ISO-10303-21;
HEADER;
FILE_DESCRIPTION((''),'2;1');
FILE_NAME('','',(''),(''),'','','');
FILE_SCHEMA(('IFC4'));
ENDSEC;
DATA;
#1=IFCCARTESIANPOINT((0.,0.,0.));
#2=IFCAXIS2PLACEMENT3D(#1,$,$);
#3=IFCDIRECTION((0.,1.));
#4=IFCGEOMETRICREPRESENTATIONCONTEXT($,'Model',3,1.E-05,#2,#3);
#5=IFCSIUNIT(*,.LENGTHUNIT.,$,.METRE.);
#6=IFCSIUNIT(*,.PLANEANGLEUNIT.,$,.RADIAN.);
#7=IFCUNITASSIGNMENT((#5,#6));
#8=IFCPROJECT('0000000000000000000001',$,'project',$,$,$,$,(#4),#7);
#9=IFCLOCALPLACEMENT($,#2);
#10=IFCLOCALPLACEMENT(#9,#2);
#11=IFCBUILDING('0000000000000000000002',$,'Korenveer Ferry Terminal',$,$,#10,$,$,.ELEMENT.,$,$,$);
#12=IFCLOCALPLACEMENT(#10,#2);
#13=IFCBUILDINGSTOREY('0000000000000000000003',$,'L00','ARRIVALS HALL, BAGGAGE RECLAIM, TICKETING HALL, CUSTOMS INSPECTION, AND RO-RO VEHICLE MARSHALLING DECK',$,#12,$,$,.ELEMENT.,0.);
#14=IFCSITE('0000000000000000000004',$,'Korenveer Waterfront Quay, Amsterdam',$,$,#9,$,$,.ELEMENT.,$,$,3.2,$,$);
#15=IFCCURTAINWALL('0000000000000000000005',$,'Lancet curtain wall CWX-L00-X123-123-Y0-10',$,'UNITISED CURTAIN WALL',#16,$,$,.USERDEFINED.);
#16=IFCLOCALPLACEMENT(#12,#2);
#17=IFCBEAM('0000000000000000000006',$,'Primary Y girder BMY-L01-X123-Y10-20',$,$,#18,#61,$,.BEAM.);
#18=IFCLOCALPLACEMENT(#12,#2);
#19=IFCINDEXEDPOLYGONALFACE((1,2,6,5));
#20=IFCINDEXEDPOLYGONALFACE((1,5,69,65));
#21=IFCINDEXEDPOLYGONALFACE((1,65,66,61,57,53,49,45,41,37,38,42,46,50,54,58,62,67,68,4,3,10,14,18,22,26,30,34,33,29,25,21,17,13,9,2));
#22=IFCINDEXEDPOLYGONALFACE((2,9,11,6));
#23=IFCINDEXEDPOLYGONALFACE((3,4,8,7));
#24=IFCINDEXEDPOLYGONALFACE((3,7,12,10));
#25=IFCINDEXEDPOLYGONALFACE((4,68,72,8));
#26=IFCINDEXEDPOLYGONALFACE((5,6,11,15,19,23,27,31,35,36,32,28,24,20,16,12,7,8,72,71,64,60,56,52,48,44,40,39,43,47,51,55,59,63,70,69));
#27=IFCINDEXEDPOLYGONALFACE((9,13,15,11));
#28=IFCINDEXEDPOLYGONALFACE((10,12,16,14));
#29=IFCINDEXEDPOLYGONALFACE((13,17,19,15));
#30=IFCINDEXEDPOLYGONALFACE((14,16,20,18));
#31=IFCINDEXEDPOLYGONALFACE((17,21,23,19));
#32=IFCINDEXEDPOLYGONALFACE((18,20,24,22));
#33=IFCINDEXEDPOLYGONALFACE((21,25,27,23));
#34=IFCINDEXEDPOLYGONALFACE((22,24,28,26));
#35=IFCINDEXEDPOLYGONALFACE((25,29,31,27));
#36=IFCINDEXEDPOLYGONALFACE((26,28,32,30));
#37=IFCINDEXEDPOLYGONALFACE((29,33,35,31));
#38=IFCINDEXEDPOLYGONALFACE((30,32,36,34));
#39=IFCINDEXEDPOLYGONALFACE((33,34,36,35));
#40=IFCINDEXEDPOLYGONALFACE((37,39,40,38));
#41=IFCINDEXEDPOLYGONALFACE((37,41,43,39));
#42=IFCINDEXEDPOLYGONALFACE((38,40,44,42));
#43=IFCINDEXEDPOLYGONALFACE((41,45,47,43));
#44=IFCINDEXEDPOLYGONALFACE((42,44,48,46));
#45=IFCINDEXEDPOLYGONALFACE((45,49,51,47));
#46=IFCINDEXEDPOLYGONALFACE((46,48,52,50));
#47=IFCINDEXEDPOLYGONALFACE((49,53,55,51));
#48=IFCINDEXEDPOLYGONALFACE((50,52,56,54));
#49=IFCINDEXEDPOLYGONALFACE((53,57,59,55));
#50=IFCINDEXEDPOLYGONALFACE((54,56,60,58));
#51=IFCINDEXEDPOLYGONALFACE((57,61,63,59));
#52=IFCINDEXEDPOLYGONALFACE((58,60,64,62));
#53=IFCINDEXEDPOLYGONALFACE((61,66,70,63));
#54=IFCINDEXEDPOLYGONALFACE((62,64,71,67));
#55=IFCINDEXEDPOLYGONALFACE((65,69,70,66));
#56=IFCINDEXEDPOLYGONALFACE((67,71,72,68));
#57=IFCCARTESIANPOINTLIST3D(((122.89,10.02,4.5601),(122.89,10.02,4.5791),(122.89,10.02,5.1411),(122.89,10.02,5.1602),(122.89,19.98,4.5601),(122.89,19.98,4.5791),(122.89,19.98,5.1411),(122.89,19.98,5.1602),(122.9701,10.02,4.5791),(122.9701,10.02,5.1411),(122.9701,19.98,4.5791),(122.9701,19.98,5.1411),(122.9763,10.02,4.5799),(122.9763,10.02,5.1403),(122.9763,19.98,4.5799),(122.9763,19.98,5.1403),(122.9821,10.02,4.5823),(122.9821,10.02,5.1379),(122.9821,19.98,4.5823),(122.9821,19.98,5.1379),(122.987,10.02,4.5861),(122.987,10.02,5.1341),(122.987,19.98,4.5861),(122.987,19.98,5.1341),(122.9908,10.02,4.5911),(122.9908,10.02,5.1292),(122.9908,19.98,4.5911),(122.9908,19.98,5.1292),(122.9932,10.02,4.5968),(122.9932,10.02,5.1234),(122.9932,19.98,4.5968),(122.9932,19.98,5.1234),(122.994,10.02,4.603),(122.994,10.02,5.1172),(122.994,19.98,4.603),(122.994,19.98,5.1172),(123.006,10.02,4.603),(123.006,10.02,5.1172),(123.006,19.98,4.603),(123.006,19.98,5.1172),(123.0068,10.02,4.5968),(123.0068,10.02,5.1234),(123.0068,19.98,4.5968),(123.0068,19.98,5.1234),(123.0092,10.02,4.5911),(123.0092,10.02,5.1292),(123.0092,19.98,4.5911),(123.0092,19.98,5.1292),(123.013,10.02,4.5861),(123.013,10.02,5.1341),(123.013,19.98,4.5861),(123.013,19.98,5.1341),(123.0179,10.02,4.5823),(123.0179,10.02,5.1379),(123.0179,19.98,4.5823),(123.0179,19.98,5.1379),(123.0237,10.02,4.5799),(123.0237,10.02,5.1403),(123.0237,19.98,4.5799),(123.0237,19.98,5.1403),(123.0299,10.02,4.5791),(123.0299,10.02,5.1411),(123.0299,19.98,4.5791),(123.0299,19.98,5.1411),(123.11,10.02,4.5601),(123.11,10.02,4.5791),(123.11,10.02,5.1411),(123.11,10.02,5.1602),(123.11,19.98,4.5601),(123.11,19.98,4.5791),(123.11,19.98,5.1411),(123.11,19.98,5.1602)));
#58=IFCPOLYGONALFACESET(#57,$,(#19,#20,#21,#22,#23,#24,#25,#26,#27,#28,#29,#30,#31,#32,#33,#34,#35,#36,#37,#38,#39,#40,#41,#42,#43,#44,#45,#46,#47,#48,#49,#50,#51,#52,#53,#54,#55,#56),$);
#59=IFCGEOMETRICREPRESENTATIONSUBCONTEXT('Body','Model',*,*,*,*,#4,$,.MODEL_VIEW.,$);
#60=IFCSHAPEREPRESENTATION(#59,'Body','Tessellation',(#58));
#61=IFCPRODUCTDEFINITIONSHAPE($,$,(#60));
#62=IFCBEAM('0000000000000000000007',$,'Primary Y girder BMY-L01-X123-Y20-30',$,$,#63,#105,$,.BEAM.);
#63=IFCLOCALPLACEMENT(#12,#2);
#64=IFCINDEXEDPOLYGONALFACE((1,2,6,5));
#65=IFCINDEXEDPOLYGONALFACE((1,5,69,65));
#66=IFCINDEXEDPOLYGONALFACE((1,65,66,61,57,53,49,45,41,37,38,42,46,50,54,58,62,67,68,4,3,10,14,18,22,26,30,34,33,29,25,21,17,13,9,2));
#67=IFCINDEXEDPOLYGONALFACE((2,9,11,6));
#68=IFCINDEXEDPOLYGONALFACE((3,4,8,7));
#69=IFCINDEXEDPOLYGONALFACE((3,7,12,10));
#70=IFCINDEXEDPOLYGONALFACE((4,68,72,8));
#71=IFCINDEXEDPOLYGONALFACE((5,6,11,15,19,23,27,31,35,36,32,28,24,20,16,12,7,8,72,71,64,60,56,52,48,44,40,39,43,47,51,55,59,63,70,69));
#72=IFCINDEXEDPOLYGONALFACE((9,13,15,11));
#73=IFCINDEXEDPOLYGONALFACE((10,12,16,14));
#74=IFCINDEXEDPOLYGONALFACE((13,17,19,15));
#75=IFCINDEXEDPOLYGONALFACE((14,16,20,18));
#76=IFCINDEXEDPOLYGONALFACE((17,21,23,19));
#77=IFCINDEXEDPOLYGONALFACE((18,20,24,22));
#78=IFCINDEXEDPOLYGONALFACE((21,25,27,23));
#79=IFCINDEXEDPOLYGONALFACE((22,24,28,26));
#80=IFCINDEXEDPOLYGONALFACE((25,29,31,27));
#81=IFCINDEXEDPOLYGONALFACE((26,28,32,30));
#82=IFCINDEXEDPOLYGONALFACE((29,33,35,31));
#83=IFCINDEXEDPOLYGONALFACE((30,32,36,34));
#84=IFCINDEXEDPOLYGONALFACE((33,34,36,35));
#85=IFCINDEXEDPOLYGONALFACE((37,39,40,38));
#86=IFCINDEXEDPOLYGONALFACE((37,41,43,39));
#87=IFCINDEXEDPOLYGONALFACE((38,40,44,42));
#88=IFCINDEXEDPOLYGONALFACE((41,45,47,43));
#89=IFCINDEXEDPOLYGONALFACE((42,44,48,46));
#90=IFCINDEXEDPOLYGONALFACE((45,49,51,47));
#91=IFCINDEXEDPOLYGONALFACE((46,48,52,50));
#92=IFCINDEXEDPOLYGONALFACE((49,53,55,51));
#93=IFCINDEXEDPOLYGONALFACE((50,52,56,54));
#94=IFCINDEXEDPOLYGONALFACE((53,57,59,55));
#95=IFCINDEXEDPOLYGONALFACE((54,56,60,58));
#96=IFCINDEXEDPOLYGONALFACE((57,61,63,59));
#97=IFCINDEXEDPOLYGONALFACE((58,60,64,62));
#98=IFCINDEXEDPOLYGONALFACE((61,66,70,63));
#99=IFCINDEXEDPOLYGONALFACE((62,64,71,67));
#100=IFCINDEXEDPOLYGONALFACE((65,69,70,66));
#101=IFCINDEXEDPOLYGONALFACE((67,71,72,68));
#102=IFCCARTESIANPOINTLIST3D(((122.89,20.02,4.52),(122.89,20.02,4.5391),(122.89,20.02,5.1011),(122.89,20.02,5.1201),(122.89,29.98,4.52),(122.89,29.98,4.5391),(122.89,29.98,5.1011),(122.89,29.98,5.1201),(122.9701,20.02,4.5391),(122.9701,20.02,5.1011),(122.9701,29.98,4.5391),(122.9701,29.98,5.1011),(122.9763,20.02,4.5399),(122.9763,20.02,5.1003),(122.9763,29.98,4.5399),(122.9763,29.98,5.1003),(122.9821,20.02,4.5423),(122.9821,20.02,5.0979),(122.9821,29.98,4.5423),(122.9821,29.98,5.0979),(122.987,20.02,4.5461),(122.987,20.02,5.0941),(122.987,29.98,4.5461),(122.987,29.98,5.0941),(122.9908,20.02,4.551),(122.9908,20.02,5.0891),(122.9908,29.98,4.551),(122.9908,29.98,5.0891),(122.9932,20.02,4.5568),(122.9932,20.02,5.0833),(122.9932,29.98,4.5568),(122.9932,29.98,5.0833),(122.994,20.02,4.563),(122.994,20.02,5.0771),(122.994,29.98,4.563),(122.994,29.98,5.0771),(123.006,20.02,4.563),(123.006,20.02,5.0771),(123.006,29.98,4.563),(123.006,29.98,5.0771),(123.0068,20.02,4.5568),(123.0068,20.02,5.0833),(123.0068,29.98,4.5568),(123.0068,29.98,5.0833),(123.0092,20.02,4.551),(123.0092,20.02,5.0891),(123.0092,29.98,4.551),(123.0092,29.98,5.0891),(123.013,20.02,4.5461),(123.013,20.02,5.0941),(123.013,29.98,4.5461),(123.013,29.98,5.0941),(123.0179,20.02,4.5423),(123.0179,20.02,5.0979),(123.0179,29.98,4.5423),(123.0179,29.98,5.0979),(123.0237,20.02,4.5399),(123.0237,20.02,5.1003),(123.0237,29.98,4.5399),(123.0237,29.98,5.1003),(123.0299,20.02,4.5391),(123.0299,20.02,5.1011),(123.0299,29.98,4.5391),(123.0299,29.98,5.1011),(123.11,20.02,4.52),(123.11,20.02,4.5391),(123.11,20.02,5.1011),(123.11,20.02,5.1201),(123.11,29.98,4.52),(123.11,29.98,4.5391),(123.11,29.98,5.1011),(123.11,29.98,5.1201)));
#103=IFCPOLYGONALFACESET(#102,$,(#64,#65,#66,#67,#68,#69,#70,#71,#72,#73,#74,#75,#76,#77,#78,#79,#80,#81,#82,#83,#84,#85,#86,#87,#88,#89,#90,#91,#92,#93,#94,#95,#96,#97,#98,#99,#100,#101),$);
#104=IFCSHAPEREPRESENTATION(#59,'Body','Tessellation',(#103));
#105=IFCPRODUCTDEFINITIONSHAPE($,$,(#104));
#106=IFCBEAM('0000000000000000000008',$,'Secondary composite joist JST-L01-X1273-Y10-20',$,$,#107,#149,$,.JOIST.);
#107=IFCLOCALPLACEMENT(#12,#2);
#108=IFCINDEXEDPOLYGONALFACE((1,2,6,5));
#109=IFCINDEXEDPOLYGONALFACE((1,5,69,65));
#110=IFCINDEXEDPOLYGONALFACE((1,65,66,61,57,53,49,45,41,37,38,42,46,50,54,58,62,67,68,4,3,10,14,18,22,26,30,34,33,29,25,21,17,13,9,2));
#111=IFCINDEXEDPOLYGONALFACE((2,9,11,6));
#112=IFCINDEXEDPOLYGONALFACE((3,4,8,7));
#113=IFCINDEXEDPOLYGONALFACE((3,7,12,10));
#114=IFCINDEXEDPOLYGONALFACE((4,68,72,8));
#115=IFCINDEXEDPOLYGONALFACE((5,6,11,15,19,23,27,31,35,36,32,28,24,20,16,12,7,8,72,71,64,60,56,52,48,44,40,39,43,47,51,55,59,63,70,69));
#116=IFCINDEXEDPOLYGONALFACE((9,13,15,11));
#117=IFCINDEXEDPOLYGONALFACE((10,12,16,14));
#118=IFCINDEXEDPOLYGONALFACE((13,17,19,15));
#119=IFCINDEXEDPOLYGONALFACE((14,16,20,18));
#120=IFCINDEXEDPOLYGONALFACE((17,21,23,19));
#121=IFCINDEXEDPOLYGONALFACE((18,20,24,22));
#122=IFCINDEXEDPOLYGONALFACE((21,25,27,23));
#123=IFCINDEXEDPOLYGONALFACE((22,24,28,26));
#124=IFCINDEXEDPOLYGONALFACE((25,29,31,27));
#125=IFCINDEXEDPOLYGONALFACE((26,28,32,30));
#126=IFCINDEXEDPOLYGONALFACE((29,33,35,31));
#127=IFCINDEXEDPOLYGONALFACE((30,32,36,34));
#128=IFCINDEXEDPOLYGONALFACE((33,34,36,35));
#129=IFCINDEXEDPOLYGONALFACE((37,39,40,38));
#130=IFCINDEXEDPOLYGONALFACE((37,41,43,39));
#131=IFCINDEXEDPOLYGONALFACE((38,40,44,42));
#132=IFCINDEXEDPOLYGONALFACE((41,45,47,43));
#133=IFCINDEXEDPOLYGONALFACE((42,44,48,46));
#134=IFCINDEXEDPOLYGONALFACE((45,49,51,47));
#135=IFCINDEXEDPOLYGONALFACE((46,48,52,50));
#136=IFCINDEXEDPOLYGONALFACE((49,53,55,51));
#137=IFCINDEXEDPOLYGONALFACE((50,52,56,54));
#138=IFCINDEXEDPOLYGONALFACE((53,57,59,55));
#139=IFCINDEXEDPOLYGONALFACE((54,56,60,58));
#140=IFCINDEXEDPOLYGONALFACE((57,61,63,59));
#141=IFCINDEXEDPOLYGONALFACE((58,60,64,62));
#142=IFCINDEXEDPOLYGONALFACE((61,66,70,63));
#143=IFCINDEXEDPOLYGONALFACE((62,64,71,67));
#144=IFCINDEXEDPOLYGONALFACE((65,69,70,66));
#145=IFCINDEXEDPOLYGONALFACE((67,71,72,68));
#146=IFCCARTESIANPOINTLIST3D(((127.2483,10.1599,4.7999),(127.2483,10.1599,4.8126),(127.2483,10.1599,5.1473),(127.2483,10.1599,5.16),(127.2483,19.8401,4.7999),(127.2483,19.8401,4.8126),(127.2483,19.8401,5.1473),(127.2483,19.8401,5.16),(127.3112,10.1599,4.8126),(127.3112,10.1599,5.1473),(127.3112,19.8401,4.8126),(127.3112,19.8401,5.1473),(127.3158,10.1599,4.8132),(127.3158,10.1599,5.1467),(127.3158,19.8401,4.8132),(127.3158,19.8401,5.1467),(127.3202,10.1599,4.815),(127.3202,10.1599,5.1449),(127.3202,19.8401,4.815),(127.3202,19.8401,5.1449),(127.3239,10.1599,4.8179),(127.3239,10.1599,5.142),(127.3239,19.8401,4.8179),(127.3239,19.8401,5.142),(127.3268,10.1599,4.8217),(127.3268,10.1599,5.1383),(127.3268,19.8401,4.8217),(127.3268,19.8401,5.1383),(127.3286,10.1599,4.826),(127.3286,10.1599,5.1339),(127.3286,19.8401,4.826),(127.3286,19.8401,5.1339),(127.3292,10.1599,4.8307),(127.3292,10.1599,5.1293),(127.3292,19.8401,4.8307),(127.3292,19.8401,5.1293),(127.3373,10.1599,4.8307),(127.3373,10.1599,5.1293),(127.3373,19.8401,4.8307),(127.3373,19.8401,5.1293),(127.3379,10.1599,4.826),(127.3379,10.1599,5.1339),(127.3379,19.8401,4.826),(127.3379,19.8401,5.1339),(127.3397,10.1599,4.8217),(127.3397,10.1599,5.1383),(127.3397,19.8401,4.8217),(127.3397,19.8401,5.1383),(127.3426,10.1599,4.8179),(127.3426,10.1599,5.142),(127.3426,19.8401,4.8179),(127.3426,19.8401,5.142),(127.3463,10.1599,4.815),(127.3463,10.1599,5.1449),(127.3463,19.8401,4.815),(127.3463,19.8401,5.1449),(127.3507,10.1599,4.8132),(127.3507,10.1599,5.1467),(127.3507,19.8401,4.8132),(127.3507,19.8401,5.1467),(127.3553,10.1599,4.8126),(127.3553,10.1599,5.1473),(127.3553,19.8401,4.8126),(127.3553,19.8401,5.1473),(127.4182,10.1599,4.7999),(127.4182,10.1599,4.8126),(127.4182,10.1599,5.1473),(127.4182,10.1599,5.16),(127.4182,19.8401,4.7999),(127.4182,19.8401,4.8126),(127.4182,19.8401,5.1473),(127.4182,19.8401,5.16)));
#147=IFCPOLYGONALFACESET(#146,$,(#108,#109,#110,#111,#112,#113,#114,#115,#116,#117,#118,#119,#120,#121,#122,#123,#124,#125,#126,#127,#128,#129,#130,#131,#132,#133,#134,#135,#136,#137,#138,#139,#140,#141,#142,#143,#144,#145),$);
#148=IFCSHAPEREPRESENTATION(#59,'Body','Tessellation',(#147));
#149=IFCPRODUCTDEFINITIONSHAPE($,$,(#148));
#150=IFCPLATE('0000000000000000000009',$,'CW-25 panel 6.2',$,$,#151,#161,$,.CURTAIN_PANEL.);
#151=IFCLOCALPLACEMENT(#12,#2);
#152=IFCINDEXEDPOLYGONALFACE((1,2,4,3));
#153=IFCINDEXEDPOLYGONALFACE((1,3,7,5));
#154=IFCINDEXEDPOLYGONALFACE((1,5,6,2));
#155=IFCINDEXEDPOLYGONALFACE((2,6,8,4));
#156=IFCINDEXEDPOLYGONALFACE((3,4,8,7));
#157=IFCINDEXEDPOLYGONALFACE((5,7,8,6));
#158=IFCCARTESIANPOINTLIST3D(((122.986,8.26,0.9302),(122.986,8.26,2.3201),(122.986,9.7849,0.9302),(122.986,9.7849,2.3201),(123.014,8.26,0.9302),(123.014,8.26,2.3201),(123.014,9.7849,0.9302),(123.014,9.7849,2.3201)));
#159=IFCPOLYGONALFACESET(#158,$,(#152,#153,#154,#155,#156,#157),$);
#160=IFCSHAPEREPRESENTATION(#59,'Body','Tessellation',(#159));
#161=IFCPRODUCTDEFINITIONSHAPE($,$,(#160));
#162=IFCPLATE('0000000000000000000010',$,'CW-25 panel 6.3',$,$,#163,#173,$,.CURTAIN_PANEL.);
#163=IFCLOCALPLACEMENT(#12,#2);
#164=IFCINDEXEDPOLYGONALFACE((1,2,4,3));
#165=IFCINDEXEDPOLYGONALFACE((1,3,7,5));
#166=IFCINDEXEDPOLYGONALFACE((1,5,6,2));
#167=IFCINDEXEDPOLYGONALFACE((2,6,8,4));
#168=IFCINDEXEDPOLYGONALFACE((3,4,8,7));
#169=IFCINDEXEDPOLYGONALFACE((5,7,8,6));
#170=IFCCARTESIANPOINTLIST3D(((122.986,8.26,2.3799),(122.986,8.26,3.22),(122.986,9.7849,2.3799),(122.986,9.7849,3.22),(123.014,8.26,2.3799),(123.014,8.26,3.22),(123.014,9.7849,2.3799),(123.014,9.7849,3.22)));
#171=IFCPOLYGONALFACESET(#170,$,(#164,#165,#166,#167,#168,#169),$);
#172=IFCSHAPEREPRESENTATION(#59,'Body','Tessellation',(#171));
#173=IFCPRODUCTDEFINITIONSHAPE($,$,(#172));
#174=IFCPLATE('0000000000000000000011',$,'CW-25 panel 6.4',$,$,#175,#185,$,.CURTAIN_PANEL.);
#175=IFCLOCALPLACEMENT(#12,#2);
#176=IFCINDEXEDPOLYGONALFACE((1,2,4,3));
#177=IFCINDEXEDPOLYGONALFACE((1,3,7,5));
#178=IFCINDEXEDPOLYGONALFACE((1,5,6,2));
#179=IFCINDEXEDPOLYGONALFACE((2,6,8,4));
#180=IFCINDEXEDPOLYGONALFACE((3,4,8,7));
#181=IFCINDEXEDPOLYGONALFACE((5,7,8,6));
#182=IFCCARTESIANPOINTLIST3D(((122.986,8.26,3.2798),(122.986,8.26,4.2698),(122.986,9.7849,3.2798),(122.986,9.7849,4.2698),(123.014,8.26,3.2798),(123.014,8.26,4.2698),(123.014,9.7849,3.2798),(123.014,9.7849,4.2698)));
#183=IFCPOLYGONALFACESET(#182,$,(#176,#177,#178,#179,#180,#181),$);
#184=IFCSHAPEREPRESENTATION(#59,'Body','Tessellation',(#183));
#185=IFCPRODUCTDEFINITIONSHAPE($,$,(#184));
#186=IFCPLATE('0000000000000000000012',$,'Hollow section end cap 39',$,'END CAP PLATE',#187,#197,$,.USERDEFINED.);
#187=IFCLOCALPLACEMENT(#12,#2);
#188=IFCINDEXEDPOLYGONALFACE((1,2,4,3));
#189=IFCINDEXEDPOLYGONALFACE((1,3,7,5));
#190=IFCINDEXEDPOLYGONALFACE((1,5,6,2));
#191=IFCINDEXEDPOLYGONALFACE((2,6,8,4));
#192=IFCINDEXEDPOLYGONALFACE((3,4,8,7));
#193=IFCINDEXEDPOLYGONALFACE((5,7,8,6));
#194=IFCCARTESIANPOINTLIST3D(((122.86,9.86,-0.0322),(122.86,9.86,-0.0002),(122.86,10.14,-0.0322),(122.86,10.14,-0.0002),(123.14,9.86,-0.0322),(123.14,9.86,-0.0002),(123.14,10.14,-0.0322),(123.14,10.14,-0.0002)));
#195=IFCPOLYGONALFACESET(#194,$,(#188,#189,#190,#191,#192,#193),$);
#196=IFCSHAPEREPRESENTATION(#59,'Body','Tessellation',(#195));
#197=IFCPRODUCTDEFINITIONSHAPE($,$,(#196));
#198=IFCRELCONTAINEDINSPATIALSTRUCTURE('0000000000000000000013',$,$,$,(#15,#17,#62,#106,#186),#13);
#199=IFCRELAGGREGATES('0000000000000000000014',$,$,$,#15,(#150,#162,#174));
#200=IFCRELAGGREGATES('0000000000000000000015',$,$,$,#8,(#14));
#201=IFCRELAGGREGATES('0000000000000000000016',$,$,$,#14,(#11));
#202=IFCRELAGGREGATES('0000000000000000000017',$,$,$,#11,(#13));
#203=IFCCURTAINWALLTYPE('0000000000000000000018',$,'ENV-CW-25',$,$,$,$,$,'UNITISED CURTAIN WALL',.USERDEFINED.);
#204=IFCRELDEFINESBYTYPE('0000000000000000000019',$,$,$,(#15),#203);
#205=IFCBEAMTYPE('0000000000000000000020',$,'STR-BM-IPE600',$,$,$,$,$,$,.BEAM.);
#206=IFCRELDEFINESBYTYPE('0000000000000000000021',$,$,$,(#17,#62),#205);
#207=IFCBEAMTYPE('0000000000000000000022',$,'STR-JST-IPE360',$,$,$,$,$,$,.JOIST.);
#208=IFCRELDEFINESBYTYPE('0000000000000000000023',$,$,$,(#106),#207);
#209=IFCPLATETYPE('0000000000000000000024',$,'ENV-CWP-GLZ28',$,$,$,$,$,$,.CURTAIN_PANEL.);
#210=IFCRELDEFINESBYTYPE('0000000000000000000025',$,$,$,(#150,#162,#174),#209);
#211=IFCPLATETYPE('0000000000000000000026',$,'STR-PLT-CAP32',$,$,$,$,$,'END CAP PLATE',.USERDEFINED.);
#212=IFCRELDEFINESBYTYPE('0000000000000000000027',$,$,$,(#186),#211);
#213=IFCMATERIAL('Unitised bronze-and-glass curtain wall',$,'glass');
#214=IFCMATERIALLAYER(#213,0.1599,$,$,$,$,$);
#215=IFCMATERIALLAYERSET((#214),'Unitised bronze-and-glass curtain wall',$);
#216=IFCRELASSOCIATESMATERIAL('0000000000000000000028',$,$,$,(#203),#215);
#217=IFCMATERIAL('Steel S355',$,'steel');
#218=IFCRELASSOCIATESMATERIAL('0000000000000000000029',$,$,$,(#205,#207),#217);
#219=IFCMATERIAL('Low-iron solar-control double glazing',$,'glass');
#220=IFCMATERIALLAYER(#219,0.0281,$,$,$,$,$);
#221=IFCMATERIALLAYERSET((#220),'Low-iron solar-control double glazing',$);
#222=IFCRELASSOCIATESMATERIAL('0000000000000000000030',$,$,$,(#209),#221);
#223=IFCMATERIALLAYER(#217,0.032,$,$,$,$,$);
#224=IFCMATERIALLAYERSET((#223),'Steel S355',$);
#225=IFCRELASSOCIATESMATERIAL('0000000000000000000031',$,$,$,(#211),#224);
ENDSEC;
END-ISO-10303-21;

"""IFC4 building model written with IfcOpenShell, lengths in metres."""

from ifc_helpers import new_model, si_unit, direction, frame, origin, origin_2d, place, context, subcontext, project, spatial, rectangle, i_section, extrude, material, layer, layer_set, material_profile, profile_set, type_object, element, aggregate, save


model = new_model("IFC4")

# Units and contexts
model_context = context("Model", 3, precision=1e-05, world=origin(), true_north=direction((0.0, 1.0)))
body_context = subcontext(model_context, "Body", "Model", "MODEL_VIEW")
ifc_project = project(units=[si_unit("LENGTHUNIT", "METRE"), si_unit("PLANEANGLEUNIT", "RADIAN")], contexts=[model_context])

# Site, building, storey
site_placement = place(None, origin())
site = spatial("IfcSite", under=ifc_project, at=site_placement, Name="Korenveer Waterfront Quay, Amsterdam", CompositionType="ELEMENT", RefElevation=3.2)
building_placement = place(site_placement, origin())
building = spatial("IfcBuilding", under=site, at=building_placement, Name="Korenveer Ferry Terminal", CompositionType="ELEMENT")
storey_placement = place(building_placement, origin())
storey = spatial("IfcBuildingStorey", under=building, at=storey_placement, Name="L00", Description="ARRIVALS HALL, BAGGAGE RECLAIM, TICKETING HALL, CUSTOMS INSPECTION, AND RO-RO VEHICLE MARSHALLING DECK", CompositionType="ELEMENT", Elevation=0.0)

# Shared definitions
ifc_material_1 = material(Name="Steel S355", Category="steel")

# Curtain wall
ifc_material_2 = material(Name="Unitised bronze-and-glass curtain wall", Category="glass")
ifc_layer_1 = layer(ifc_material_2, 0.1599)
ifc_layer_set_1 = layer_set([ifc_layer_1], Name="Unitised bronze-and-glass curtain wall")
curtain_wall_type = type_object("IfcCurtainWallType", Name="ENV-CW-25", ElementType="UNITISED CURTAIN WALL", PredefinedType="USERDEFINED", material=ifc_layer_set_1)
curtain_wall_placement = place(storey_placement, frame((123.0, 0.155, 0.0)))
curtain_wall = element("IfcCurtainWall", 1, at=curtain_wall_placement, inside=storey, type_object=curtain_wall_type, Name="Lancet curtain wall CWX-L00-X123-123-Y0-10", ObjectType="UNITISED CURTAIN WALL", PredefinedType="USERDEFINED")

# Beams
ifc_material_profile_1 = material_profile(ifc_material_1, i_section(OverallWidth=0.22, OverallDepth=0.6001, WebThickness=0.012, FlangeThickness=0.019, FilletRadius=0.0239, at=origin_2d()), Name="IPE 600")
ifc_profile_set_1 = profile_set([ifc_material_profile_1], Name="Steel S355")
beam_type_1 = type_object("IfcBeamType", Name="STR-BM-IPE600", PredefinedType="BEAM", material=ifc_profile_set_1)
for number, where, z_axis, x_axis, name in (
    (2, (123.0, 10.02, 4.8601), (0.0, 1.0, 0.0), (-1.0, 0.0, 0.0), "Primary Y girder BMY-L01-X123-Y10-20"),
    (3, (123.0, 20.02, 4.8201), (0.0, 1.0, 0.0), (-1.0, 0.0, 0.0), "Primary Y girder BMY-L01-X123-Y20-30"),
):
    element("IfcBeam", number, at=place(storey_placement, frame(where, z_axis=z_axis, x_axis=x_axis)), inside=storey, type_object=beam_type_1, Name=name, PredefinedType="BEAM", context=body_context, shape_type="SweptSolid", body=[
        extrude(i_section(OverallWidth=0.22, OverallDepth=0.6001, WebThickness=0.012, FlangeThickness=0.019, FilletRadius=0.0239, at=origin_2d()), origin(), (0.0, 0.0, 1.0), 9.96),
    ])
ifc_material_profile_2 = material_profile(ifc_material_1, i_section(OverallWidth=0.1699, OverallDepth=0.3601, WebThickness=0.0081, FlangeThickness=0.0127, FilletRadius=0.0181, at=origin_2d()), Name="IPE 360")
ifc_profile_set_2 = profile_set([ifc_material_profile_2], Name="Steel S355")
beam_type_2 = type_object("IfcBeamType", Name="STR-JST-IPE360", PredefinedType="JOIST", material=ifc_profile_set_2)
beam_placement = place(storey_placement, frame((127.3333, 10.1599, 4.98), z_axis=(0.0, 1.0, 0.0), x_axis=(-1.0, 0.0, 0.0)))
element("IfcBeam", 4, at=beam_placement, inside=storey, type_object=beam_type_2, Name="Secondary composite joist JST-L01-X1273-Y10-20", PredefinedType="JOIST", context=body_context, shape_type="SweptSolid", body=[
    extrude(i_section(OverallWidth=0.1699, OverallDepth=0.3601, WebThickness=0.0081, FlangeThickness=0.0127, FilletRadius=0.0181, at=origin_2d()), origin(), (0.0, 0.0, 1.0), 9.6802),
])

# Plates
ifc_material_3 = material(Name="Low-iron solar-control double glazing", Category="glass")
ifc_layer_2 = layer(ifc_material_3, 0.0281)
ifc_layer_set_2 = layer_set([ifc_layer_2], Name="Low-iron solar-control double glazing")
plate_type_1 = type_object("IfcPlateType", Name="ENV-CWP-GLZ28", PredefinedType="CURTAIN_PANEL", material=ifc_layer_set_2)
plate_1_placement = place(storey_placement, frame((123.0, 9.0225, 0.9302), z_axis=(0.0, 0.0, 1.0), x_axis=(0.0, 1.0, 0.0)))
plate_1 = element("IfcPlate", 5, at=plate_1_placement, type_object=plate_type_1, Name="CW-25 panel 6.2", PredefinedType="CURTAIN_PANEL", context=body_context, shape_type="SweptSolid", body=[
    extrude(rectangle(XDim=1.5249, YDim=0.0281, at=origin_2d()), origin(), (0.0, 0.0, 1.0), 1.3899),
])
plate_2_placement = place(storey_placement, frame((123.0, 9.0225, 2.3799), z_axis=(0.0, 0.0, 1.0), x_axis=(0.0, 1.0, 0.0)))
plate_2 = element("IfcPlate", 6, at=plate_2_placement, type_object=plate_type_1, Name="CW-25 panel 6.3", PredefinedType="CURTAIN_PANEL", context=body_context, shape_type="SweptSolid", body=[
    extrude(rectangle(XDim=1.5249, YDim=0.0281, at=origin_2d()), origin(), (0.0, 0.0, 1.0), 0.8401),
])
plate_3_placement = place(storey_placement, frame((123.0, 9.0225, 3.2798), z_axis=(0.0, 0.0, 1.0), x_axis=(0.0, 1.0, 0.0)))
plate_3 = element("IfcPlate", 7, at=plate_3_placement, type_object=plate_type_1, Name="CW-25 panel 6.4", PredefinedType="CURTAIN_PANEL", context=body_context, shape_type="SweptSolid", body=[
    extrude(rectangle(XDim=1.5249, YDim=0.0281, at=origin_2d()), origin(), (0.0, 0.0, 1.0), 0.99),
])
aggregate(curtain_wall, [plate_1, plate_2, plate_3])

# Plate
ifc_layer_3 = layer(ifc_material_1, 0.032)
ifc_layer_set_3 = layer_set([ifc_layer_3], Name="Steel S355")
plate_type_2 = type_object("IfcPlateType", Name="STR-PLT-CAP32", ElementType="END CAP PLATE", PredefinedType="USERDEFINED", material=ifc_layer_set_3)
for number, where, z_axis, x_axis, name in (
    (8, (123.0, 10.0, -0.0322), (0.0, 0.0, 1.0), (1.0, 0.0, 0.0), "Hollow section end cap 39"),
):
    element("IfcPlate", number, at=place(storey_placement, frame(where, z_axis=z_axis, x_axis=x_axis)), inside=storey, type_object=plate_type_2, Name=name, ObjectType="END CAP PLATE", PredefinedType="USERDEFINED", context=body_context, shape_type="SweptSolid", body=[
        extrude(rectangle(XDim=0.28, YDim=0.28, at=origin_2d()), origin(), (0.0, 0.0, 1.0), 0.032),
    ])

save(model, "model.ifc")
